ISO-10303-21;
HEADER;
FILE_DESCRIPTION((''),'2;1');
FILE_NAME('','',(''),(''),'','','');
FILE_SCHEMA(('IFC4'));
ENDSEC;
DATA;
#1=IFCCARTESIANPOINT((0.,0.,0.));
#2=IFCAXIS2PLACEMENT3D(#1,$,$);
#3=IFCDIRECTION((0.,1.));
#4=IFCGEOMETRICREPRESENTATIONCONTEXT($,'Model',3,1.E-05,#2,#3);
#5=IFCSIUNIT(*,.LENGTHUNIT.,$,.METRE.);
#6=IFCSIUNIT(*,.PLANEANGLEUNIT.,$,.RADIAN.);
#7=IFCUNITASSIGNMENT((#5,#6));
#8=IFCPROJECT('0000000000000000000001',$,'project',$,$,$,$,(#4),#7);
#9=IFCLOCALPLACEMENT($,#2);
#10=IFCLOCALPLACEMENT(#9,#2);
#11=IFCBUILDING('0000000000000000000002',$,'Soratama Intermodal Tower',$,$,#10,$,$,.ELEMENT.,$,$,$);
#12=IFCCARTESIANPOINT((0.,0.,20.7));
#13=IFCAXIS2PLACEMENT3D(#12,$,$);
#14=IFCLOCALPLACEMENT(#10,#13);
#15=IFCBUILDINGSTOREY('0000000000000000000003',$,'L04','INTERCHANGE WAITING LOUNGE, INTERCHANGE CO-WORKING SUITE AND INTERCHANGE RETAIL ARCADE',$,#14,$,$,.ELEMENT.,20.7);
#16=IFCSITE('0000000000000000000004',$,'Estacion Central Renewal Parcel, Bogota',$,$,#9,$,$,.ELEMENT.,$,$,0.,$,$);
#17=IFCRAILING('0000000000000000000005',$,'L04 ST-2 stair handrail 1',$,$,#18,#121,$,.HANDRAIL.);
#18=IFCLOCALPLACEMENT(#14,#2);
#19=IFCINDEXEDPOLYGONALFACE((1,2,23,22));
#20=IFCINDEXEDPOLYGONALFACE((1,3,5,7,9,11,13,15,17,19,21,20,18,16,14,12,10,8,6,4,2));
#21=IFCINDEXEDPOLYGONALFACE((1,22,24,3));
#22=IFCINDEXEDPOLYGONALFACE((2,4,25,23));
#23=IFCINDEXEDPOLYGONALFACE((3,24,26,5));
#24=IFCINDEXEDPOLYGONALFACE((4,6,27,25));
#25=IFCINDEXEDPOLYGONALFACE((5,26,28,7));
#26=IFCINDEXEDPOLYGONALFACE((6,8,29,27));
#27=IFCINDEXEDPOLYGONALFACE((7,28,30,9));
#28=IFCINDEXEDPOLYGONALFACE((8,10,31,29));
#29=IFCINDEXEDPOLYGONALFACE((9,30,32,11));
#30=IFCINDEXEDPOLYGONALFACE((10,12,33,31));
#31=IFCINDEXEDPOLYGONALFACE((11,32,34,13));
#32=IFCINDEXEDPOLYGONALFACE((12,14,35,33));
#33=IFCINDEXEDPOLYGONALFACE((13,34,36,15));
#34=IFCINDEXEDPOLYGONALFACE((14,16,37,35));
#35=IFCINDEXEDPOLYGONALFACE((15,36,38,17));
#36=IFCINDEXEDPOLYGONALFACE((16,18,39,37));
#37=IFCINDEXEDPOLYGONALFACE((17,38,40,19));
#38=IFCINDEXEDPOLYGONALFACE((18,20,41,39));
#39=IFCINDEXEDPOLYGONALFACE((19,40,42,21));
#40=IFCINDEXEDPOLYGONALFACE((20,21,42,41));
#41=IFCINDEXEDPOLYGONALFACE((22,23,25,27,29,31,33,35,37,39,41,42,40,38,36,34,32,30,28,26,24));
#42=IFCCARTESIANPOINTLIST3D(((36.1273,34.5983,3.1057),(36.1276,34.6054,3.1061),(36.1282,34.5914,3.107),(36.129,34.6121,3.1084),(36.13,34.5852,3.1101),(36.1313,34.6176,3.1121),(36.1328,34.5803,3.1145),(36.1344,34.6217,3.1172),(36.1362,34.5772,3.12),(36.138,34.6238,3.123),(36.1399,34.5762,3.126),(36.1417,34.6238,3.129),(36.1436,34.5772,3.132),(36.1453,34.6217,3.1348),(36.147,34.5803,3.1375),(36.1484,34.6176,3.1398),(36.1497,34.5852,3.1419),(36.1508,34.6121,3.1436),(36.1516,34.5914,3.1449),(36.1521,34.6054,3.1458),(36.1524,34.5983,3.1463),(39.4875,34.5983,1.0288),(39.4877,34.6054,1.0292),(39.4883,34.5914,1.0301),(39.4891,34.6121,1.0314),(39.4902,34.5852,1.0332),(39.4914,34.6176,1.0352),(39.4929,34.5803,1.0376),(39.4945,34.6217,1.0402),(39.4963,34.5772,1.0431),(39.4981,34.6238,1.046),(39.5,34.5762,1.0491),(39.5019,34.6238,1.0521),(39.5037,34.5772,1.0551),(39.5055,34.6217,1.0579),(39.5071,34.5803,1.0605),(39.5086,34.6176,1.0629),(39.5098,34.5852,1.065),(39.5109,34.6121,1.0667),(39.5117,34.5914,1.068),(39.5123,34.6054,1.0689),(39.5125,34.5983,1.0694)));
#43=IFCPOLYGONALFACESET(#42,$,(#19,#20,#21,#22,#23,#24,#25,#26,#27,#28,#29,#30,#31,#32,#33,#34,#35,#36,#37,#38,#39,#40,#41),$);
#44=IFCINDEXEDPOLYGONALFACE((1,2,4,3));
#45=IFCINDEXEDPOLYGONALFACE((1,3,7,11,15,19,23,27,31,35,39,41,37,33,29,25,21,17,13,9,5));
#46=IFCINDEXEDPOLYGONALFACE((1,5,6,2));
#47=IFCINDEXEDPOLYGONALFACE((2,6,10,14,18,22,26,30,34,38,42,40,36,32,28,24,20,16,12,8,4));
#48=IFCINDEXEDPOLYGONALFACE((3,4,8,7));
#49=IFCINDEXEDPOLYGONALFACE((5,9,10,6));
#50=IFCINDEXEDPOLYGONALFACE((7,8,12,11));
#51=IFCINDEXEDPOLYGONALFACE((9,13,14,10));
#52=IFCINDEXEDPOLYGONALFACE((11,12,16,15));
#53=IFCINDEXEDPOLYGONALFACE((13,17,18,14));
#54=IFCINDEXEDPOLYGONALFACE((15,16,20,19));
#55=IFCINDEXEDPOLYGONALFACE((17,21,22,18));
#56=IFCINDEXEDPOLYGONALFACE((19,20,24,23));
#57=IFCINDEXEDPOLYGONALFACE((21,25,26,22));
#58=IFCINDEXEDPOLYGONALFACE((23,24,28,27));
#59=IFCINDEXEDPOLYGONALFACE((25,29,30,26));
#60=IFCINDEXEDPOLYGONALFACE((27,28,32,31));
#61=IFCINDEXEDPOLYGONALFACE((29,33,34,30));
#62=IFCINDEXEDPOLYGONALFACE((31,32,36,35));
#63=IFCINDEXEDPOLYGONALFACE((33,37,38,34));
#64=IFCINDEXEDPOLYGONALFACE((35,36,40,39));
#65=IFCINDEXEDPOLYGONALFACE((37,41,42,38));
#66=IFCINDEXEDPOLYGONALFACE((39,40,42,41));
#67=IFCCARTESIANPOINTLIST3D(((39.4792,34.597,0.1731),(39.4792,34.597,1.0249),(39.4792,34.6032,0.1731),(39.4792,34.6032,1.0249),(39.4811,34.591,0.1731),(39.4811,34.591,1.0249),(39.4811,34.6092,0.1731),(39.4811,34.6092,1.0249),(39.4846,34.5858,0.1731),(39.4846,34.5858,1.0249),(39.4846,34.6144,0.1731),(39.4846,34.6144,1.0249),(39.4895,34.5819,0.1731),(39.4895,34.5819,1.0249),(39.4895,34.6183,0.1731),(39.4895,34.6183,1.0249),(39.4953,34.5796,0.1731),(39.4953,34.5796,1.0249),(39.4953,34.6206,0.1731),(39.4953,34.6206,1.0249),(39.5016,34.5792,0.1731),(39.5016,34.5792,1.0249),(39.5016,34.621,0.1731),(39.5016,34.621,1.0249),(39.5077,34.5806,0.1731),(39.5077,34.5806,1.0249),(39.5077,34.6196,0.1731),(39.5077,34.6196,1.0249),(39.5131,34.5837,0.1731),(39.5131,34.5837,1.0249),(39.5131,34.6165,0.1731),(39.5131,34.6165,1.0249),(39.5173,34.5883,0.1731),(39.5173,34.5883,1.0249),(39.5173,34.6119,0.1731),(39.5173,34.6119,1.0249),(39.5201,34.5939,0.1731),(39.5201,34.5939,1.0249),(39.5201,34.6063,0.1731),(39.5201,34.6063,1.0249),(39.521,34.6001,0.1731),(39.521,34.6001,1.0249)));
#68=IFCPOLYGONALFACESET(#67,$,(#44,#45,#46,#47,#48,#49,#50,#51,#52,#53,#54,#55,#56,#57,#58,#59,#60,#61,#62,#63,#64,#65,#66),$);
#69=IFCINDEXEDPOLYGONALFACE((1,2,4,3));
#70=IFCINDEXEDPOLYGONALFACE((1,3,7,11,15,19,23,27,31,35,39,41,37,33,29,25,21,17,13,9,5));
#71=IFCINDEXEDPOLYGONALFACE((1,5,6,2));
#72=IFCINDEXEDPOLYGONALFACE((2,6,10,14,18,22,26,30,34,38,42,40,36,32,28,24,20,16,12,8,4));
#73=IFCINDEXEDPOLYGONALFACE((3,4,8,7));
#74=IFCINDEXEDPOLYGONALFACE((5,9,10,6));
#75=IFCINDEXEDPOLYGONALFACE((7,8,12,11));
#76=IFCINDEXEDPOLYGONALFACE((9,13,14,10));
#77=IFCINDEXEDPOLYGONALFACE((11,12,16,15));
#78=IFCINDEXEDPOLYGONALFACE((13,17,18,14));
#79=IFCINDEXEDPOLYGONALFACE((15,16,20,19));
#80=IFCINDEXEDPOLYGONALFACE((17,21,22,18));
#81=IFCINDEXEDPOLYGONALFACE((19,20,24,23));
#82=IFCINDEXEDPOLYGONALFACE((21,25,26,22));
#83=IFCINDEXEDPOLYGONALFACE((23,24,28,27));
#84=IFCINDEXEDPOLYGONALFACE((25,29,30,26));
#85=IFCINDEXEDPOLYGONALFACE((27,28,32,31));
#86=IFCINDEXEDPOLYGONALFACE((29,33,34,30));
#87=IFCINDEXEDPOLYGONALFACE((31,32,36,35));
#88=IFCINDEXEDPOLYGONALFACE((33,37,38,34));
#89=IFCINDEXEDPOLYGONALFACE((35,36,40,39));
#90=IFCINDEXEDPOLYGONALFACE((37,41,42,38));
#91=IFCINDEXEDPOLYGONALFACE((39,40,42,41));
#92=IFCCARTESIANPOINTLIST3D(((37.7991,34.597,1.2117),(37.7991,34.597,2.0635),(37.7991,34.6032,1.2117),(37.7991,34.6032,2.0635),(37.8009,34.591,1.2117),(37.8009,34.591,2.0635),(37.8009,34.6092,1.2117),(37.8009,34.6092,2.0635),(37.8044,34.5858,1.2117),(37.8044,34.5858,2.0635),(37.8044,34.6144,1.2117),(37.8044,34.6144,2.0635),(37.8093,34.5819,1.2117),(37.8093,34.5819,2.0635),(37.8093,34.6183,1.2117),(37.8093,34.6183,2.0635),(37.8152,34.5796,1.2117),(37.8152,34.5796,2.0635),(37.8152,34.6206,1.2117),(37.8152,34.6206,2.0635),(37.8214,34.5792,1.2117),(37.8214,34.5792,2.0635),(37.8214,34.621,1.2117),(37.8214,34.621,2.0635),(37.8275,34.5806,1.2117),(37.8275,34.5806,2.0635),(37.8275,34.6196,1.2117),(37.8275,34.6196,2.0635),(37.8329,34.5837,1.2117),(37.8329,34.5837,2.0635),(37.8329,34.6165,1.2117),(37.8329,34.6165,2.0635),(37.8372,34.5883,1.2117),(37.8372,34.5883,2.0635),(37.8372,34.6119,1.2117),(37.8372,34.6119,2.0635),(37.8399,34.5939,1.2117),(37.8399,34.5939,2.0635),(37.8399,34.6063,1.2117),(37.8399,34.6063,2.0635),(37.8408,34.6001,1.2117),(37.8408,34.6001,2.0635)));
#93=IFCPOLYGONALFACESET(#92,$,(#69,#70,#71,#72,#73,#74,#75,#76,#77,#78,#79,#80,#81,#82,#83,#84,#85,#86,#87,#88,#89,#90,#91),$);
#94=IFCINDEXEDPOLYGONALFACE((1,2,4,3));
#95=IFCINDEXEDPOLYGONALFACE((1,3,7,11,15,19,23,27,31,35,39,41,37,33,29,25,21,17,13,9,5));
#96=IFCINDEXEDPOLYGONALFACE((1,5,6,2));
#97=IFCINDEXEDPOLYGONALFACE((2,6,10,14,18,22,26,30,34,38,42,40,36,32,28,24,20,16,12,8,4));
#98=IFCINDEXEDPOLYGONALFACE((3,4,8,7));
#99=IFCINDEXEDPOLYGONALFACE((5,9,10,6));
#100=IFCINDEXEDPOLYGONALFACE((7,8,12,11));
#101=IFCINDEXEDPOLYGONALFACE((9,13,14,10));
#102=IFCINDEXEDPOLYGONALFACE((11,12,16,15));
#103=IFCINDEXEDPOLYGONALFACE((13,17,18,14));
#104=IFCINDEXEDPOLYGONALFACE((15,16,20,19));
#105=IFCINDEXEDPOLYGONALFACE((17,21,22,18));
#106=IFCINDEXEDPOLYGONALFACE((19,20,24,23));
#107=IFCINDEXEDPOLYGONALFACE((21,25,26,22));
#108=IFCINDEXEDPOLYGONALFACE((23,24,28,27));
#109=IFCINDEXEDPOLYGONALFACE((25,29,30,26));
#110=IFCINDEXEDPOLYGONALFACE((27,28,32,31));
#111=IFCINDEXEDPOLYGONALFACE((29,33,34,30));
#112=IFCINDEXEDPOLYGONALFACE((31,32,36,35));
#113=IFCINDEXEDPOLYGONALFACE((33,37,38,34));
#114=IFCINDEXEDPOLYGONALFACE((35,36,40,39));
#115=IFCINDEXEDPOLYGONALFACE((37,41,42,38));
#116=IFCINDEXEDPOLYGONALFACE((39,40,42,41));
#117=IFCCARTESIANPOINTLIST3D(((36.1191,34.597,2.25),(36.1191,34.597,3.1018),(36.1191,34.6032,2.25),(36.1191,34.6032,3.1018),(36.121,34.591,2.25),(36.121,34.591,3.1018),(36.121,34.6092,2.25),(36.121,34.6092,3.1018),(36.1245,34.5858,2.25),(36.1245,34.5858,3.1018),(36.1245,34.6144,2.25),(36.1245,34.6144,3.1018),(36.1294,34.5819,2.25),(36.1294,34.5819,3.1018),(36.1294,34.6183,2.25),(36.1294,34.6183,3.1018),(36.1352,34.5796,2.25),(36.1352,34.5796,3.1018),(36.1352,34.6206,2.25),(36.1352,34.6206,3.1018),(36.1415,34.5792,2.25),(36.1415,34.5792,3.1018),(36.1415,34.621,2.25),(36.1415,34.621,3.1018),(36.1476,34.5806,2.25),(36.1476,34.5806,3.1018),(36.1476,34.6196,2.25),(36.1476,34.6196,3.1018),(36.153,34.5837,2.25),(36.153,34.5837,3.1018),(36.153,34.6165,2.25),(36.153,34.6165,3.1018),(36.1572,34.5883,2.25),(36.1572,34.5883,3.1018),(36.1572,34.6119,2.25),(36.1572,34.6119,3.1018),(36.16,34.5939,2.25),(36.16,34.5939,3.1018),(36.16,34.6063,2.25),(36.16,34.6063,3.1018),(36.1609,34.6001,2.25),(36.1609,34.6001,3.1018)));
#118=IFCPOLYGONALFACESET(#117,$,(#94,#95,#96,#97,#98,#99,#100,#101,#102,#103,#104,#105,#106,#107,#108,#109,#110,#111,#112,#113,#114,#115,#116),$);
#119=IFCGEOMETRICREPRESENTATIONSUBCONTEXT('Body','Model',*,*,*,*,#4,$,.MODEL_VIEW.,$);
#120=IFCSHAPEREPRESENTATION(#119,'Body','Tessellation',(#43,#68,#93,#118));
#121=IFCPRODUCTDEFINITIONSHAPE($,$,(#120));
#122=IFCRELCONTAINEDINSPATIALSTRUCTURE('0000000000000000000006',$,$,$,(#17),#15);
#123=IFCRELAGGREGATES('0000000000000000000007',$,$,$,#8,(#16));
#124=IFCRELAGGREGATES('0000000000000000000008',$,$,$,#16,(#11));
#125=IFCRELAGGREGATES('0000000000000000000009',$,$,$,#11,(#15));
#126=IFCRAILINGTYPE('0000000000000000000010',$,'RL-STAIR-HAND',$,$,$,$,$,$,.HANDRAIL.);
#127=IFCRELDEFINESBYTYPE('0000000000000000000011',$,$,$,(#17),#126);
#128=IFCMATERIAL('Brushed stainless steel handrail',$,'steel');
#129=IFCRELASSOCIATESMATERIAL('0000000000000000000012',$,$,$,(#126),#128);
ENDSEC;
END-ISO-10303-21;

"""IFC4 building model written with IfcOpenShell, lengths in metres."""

from ifc_helpers import new_model, si_unit, direction, frame, origin, origin_2d, place, context, subcontext, project, spatial, circle, extrude, material, type_object, element, save


model = new_model("IFC4")

# Units and contexts
model_context = context("Model", 3, precision=1e-05, world=origin(), true_north=direction((0.0, 1.0)))
body_context = subcontext(model_context, "Body", "Model", "MODEL_VIEW")
ifc_project = project(units=[si_unit("LENGTHUNIT", "METRE"), si_unit("PLANEANGLEUNIT", "RADIAN")], contexts=[model_context])

# Site, building, storey
site_placement = place(None, origin())
site = spatial("IfcSite", under=ifc_project, at=site_placement, Name="Estacion Central Renewal Parcel, Bogota", CompositionType="ELEMENT", RefElevation=0.0)
building_placement = place(site_placement, origin())
building = spatial("IfcBuilding", under=site, at=building_placement, Name="Soratama Intermodal Tower", CompositionType="ELEMENT")
storey_placement = place(building_placement, frame((0.0, 0.0, 20.7)))
storey = spatial("IfcBuildingStorey", under=building, at=storey_placement, Name="L04", Description="INTERCHANGE WAITING LOUNGE, INTERCHANGE CO-WORKING SUITE AND INTERCHANGE RETAIL ARCADE", CompositionType="ELEMENT", Elevation=20.7)

# Railing
ifc_material_1 = material(Name="Brushed stainless steel handrail", Category="steel")
railing_type_1 = type_object("IfcRailingType", Name="RL-STAIR-HAND", PredefinedType="HANDRAIL", material=ifc_material_1)
railing_1_placement = place(storey_placement, frame((39.5, 34.6001, 0.1731)))
element("IfcRailing", 1, at=railing_1_placement, inside=storey, type_object=railing_type_1, Name="L04 ST-2 stair handrail 1", PredefinedType="HANDRAIL", context=body_context, shape_type="SweptSolid", body=[
    extrude(circle(Radius=0.0239, at=origin_2d()), frame((0.0, 0.0, 0.876), z_axis=(-0.850623, 0.0, 0.525776), x_axis=(0.0, -1.0, 0.0)), (0.0, 0.0, 1.0), 3.9502),
    extrude(circle(Radius=0.021, at=origin_2d()), origin(), (0.0, 0.0, 1.0), 0.8518),
    extrude(circle(Radius=0.021, at=origin_2d()), frame((-1.6802, 0.0, 1.0386)), (0.0, 0.0, 1.0), 0.8518),
    extrude(circle(Radius=0.021, at=origin_2d()), frame((-3.3601, 0.0, 2.0769)), (0.0, 0.0, 1.0), 0.8518),
])

save(model, "model.ifc")
